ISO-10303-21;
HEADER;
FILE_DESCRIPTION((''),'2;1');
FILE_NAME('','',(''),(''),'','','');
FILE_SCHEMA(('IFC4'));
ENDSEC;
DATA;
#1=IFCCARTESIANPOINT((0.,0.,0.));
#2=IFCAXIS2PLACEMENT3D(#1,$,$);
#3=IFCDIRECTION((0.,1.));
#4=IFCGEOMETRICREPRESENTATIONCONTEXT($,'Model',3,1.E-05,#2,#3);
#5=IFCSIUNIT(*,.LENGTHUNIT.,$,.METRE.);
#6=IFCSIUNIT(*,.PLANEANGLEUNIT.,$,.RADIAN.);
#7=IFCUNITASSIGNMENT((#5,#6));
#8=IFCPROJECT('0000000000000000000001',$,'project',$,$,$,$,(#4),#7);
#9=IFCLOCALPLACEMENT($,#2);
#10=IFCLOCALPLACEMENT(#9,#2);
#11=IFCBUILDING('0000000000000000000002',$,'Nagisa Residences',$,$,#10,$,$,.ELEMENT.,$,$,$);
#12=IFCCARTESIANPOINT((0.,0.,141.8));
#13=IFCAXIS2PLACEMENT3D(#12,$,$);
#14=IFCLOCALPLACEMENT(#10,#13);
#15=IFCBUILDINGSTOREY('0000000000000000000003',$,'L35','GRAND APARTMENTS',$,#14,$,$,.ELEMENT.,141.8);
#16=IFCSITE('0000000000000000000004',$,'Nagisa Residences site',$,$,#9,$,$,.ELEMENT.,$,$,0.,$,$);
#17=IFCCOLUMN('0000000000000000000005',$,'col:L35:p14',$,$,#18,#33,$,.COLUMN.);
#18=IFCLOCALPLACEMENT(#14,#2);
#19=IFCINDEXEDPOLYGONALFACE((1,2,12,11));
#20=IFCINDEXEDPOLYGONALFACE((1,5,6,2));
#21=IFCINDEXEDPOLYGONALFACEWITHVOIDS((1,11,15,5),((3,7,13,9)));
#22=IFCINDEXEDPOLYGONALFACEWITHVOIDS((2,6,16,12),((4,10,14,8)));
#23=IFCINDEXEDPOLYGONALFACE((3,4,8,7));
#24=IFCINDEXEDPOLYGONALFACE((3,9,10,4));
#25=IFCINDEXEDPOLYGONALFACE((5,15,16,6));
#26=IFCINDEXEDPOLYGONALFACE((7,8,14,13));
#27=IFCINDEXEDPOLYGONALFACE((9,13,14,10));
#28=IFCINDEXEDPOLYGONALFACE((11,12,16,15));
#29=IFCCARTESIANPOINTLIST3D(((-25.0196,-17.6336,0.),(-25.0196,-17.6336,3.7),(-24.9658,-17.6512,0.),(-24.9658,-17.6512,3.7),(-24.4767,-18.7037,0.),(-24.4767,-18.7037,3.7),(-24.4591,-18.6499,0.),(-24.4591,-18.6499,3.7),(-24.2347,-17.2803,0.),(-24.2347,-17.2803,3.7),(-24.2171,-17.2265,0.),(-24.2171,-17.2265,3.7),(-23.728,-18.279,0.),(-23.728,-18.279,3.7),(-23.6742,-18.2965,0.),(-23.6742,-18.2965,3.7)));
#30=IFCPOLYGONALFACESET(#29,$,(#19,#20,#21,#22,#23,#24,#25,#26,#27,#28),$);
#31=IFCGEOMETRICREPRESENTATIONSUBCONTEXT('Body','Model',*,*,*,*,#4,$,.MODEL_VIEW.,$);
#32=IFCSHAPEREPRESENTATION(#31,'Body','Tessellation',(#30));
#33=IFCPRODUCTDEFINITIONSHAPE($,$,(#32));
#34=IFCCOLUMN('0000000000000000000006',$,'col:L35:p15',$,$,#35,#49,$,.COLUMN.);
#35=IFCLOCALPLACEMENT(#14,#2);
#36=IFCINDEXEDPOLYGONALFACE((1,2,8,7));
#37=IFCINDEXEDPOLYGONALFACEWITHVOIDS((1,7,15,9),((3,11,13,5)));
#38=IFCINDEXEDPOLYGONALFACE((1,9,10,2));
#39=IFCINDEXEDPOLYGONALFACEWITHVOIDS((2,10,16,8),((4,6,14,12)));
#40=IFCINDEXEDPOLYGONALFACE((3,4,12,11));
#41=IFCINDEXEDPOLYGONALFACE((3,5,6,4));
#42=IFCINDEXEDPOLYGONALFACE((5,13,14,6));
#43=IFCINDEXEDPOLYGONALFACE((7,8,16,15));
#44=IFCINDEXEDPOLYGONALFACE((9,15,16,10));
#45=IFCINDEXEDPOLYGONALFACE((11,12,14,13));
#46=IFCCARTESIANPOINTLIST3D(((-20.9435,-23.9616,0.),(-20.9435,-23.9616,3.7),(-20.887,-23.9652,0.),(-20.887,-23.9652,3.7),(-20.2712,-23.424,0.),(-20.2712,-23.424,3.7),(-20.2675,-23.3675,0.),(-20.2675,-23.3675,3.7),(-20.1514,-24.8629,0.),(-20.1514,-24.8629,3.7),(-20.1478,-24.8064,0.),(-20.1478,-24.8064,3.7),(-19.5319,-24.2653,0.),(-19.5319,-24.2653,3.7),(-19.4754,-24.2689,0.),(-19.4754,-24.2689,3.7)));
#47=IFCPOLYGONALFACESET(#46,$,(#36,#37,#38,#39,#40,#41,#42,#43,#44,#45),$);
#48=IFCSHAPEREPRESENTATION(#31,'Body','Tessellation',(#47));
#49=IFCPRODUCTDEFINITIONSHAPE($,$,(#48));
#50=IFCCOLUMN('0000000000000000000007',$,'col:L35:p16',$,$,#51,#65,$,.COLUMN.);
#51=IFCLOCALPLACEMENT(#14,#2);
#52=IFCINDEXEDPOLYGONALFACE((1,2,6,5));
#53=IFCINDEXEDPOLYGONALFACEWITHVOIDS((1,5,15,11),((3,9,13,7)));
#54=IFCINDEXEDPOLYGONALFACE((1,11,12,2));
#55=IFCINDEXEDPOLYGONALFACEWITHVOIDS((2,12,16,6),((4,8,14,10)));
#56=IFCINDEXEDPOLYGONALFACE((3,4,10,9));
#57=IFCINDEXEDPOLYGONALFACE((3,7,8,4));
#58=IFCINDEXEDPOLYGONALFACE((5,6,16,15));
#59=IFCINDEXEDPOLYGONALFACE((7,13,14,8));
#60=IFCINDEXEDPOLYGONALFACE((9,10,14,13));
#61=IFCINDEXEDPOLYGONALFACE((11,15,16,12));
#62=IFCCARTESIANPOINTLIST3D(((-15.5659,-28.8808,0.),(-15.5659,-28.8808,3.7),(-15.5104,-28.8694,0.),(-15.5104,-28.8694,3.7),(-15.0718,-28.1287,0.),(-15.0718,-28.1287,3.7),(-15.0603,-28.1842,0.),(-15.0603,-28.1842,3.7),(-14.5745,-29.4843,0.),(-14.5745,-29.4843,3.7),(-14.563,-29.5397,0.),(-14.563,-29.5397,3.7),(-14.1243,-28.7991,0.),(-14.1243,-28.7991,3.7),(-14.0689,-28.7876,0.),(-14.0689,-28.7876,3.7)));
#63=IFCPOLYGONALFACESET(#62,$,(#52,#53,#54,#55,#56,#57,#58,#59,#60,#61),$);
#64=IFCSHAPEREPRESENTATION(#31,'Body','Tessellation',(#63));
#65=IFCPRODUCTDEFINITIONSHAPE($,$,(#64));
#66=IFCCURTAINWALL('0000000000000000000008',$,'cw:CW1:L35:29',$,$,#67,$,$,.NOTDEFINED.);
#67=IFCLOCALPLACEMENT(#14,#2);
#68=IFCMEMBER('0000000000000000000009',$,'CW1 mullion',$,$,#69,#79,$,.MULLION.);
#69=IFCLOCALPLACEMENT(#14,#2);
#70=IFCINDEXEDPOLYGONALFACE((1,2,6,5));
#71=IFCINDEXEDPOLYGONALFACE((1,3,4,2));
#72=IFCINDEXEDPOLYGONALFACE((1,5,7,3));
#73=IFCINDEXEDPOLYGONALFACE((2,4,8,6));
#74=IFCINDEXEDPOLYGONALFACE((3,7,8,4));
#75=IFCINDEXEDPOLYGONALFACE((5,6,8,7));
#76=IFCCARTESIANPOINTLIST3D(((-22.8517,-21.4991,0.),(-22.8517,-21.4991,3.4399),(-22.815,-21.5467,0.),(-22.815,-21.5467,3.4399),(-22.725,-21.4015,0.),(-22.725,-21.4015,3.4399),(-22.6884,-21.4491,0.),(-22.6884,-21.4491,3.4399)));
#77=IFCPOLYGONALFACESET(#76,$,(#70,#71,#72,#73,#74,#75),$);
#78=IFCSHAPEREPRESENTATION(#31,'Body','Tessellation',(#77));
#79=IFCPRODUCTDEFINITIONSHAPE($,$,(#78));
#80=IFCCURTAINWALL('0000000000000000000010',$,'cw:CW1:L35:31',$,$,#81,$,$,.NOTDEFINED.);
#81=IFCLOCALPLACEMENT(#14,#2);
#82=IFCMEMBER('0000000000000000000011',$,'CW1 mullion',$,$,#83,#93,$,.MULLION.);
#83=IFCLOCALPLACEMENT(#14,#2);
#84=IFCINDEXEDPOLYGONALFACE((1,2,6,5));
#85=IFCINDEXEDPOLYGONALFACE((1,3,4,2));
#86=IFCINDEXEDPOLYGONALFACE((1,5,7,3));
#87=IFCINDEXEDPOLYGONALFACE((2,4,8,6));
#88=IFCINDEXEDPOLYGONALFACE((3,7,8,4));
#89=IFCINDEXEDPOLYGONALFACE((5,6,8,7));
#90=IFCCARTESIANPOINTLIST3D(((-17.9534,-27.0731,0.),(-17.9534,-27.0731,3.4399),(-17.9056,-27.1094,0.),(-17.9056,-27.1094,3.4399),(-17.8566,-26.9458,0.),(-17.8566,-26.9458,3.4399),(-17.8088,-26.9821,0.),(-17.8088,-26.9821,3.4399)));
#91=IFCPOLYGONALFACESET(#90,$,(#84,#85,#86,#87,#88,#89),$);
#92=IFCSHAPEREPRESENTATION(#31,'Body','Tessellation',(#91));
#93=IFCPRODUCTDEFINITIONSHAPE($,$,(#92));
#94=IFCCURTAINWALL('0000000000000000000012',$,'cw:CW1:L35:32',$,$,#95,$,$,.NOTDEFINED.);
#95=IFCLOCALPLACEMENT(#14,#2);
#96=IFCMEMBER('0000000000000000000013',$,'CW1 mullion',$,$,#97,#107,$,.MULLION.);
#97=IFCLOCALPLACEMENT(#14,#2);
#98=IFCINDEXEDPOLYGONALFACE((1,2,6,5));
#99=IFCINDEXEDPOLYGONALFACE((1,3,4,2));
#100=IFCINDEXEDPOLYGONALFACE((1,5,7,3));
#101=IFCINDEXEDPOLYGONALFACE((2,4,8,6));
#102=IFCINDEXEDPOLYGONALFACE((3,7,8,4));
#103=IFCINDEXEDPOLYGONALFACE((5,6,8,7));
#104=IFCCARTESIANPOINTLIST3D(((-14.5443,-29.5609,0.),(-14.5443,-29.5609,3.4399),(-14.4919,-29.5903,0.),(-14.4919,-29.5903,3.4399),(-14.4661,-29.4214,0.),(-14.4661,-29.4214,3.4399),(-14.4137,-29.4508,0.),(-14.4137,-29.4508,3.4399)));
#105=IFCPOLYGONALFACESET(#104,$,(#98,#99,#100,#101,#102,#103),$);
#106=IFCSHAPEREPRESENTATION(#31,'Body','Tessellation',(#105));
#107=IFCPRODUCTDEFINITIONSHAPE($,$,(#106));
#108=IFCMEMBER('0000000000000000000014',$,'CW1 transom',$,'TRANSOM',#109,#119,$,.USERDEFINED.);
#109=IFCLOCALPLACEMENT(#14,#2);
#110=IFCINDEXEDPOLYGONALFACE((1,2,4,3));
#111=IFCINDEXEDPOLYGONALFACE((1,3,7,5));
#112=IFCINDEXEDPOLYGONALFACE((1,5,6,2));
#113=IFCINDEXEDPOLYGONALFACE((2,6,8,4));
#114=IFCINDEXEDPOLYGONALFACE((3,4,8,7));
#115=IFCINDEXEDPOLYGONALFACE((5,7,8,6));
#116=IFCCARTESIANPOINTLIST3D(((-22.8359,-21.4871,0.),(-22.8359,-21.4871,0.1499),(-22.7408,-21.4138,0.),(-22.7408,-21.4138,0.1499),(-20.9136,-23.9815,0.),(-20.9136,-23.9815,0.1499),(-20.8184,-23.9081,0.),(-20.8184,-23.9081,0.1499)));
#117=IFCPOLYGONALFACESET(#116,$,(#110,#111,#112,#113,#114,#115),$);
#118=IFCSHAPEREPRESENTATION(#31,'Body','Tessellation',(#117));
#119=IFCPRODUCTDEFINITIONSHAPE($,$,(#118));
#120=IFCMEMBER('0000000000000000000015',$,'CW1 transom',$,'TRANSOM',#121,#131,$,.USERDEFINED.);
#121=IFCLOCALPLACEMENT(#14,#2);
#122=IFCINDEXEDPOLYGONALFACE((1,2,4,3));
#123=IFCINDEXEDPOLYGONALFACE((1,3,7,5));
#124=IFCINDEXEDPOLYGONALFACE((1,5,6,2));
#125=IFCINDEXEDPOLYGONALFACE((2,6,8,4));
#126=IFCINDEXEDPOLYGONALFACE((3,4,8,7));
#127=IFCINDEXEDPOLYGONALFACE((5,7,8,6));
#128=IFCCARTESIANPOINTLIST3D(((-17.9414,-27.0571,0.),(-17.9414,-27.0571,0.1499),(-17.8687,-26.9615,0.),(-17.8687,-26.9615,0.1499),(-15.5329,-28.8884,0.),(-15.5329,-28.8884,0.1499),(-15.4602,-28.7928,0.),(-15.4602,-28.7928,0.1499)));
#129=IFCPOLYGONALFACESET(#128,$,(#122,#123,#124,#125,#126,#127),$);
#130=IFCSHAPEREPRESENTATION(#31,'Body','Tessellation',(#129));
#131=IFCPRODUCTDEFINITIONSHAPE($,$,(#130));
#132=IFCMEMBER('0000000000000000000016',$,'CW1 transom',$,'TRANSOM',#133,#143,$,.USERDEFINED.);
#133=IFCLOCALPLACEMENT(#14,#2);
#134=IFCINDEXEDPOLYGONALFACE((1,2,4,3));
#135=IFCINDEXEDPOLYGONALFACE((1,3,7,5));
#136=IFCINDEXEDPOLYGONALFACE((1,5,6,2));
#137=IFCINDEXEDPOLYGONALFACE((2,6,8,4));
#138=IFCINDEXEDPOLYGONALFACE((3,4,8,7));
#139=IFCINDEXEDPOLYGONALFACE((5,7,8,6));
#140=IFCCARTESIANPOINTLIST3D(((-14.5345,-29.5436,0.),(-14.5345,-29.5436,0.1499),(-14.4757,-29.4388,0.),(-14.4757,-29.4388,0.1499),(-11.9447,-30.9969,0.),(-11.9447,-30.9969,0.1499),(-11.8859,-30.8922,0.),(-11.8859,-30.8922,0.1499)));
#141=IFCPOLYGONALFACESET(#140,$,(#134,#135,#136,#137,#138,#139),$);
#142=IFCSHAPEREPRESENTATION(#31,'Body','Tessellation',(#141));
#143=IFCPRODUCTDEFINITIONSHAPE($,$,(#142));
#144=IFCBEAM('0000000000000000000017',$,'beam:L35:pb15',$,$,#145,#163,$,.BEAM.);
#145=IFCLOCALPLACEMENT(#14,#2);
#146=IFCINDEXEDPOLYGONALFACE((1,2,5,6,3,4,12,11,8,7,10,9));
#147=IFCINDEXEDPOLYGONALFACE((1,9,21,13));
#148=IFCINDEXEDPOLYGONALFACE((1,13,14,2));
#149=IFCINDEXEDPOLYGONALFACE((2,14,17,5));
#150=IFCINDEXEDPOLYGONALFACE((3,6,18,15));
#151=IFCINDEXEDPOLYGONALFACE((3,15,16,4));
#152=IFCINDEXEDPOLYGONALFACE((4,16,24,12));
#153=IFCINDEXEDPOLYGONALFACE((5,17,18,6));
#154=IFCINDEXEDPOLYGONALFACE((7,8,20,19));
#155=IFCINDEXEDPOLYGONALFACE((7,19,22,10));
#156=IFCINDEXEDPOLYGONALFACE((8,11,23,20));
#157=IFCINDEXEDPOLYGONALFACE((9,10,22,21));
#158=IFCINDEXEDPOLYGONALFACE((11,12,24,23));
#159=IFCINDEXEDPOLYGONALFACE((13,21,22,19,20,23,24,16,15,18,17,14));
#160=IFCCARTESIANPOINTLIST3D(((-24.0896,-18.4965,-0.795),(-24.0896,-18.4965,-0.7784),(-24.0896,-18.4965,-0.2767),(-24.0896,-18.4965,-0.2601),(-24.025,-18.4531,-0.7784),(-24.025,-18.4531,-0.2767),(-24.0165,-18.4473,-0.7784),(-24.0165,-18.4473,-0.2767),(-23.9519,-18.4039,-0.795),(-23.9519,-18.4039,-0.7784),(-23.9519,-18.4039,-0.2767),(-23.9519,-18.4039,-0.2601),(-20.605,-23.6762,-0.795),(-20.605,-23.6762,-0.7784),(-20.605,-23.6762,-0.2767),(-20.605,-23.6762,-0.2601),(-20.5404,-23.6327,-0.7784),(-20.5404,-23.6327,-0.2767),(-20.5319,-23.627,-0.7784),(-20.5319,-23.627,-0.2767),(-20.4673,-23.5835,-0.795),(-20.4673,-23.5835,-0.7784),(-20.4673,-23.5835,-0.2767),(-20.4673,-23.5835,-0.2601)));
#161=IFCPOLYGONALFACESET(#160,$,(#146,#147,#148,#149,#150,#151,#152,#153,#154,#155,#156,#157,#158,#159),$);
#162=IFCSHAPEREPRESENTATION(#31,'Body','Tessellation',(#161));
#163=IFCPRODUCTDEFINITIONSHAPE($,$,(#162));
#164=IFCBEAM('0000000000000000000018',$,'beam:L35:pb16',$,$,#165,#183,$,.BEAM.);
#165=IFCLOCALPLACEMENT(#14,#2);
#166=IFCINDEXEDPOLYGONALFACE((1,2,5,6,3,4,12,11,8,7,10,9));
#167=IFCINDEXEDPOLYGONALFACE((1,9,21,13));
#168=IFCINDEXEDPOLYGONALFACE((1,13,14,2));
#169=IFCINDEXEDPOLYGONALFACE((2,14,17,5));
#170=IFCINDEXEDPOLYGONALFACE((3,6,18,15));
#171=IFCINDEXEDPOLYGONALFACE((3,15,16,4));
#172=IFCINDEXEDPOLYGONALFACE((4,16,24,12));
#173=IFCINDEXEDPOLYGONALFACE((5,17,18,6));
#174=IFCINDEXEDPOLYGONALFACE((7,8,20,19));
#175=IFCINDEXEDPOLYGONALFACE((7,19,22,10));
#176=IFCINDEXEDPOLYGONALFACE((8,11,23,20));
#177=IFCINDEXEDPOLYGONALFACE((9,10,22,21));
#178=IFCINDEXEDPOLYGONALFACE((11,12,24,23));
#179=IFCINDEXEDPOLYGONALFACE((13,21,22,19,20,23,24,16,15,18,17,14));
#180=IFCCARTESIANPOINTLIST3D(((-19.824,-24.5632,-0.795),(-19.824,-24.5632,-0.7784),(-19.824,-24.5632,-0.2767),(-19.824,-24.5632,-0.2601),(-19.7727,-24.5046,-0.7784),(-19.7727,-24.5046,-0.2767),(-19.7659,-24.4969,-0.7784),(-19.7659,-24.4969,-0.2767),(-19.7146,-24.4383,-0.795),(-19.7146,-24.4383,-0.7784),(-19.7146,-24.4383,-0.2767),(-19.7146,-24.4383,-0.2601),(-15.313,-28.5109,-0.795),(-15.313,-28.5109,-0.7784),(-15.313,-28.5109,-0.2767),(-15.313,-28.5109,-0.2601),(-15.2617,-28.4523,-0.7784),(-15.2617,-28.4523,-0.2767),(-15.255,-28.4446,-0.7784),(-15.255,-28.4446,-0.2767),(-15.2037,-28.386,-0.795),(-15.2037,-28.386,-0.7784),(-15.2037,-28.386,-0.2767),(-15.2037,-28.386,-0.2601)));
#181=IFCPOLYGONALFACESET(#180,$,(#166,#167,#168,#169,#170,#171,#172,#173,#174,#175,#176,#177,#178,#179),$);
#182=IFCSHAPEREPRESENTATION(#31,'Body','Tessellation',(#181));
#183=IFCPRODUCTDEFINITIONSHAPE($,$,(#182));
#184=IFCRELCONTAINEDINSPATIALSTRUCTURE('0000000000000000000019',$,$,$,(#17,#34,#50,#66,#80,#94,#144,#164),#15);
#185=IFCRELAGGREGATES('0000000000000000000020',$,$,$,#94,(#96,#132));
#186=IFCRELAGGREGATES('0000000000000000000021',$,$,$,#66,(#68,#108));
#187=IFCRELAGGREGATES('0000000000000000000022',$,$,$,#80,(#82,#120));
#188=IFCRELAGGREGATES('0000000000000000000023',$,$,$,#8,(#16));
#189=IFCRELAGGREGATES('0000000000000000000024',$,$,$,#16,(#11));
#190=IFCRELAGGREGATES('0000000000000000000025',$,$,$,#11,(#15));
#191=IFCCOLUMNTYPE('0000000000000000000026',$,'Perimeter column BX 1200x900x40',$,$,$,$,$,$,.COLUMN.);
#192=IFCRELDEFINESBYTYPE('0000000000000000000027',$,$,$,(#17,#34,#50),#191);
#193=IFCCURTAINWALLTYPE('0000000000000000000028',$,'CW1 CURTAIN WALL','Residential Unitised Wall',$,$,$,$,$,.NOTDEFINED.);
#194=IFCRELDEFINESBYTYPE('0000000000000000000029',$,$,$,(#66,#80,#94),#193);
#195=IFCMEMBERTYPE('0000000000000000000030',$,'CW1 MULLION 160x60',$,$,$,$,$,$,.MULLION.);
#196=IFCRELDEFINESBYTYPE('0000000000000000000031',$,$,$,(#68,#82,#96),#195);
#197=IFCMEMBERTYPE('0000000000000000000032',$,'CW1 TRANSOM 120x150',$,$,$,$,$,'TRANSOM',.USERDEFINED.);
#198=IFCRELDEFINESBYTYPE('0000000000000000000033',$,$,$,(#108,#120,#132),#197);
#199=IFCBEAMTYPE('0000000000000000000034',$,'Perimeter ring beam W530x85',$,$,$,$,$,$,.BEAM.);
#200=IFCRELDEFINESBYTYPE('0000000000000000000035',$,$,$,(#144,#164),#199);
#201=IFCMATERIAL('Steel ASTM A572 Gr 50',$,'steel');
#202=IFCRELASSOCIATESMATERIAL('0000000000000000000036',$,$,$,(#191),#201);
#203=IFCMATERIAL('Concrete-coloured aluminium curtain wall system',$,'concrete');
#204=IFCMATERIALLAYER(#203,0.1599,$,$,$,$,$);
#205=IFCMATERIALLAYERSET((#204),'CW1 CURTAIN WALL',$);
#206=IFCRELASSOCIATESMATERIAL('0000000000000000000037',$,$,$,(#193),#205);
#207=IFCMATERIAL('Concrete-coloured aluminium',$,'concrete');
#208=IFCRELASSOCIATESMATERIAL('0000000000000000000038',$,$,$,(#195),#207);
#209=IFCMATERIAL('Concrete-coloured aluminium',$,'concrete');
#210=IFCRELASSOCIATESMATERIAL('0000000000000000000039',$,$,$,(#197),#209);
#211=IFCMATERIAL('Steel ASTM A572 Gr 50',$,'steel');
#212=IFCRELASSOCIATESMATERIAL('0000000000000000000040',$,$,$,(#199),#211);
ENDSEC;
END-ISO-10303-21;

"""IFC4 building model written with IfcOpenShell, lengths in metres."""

from ifc_helpers import new_model, si_unit, direction, frame, origin, origin_2d, place, context, subcontext, project, spatial, rectangle, hollow_rectangle, i_section, extrude, material, layer, layer_set, material_profile, profile_set, type_object, element, aggregate, save


model = new_model("IFC4")

# Units and contexts
model_context = context("Model", 3, precision=1e-05, world=origin(), true_north=direction((0.0, 1.0)))
body_context = subcontext(model_context, "Body", "Model", "MODEL_VIEW")
ifc_project = project(units=[si_unit("LENGTHUNIT", "METRE"), si_unit("PLANEANGLEUNIT", "RADIAN")], contexts=[model_context])

# Site, building, storey
site_placement = place(None, origin())
site = spatial("IfcSite", under=ifc_project, at=site_placement, Name="Nagisa Residences site", CompositionType="ELEMENT", RefElevation=0.0)
building_placement = place(site_placement, origin())
building = spatial("IfcBuilding", under=site, at=building_placement, Name="Nagisa Residences", CompositionType="ELEMENT")
storey_placement = place(building_placement, frame((0.0, 0.0, 141.8)))
storey = spatial("IfcBuildingStorey", under=building, at=storey_placement, Name="L35", Description="GRAND APARTMENTS", CompositionType="ELEMENT", Elevation=141.8)

# Columns
ifc_material_1 = material(Name="Steel ASTM A572 Gr 50", Category="steel")
ifc_material_profile_1 = material_profile(ifc_material_1, hollow_rectangle(XDim=1.2, YDim=0.8999, WallThickness=0.04, at=origin_2d()), Name="BX 1200x900x40")
ifc_profile_set_1 = profile_set([ifc_material_profile_1], Name="Steel ASTM A572 Gr 50")
column_type = type_object("IfcColumnType", Name="Perimeter column BX 1200x900x40", PredefinedType="COLUMN", material=ifc_profile_set_1)
for number, where, z_axis, x_axis, name in (
    (1, (-24.3469, -17.9651, 0.0), (0.0, 0.0, 1.0), (0.452463, -0.891783, 0.0), "col:L35:p14"),
    (2, (-20.2095, -24.1152, 0.0), (0.0, 0.0, 1.0), (0.660115, -0.751165, 0.0), "col:L35:p15"),
    (3, (-14.8174, -28.8342, 0.0), (0.0, 0.0, 1.0), (0.835766, -0.549086, 0.0), "col:L35:p16"),
):
    element("IfcColumn", number, at=place(storey_placement, frame(where, z_axis=z_axis, x_axis=x_axis)), inside=storey, type_object=column_type, Name=name, PredefinedType="COLUMN", context=body_context, shape_type="SweptSolid", body=[
        extrude(hollow_rectangle(XDim=1.2, YDim=0.8999, WallThickness=0.04, at=origin_2d()), origin(), (0.0, 0.0, 1.0), 3.7),
    ])

# Curtain walls, members
ifc_material_2 = material(Name="Concrete-coloured aluminium curtain wall system", Category="concrete")
ifc_layer_1 = layer(ifc_material_2, 0.1599)
ifc_layer_set_1 = layer_set([ifc_layer_1], Name="CW1 CURTAIN WALL")
curtain_wall_type = type_object("IfcCurtainWallType", Name="CW1 CURTAIN WALL", Description="Residential Unitised Wall", PredefinedType="NOTDEFINED", material=ifc_layer_set_1)
curtain_wall_1_placement = place(storey_placement, origin())
curtain_wall_1 = element("IfcCurtainWall", 4, at=curtain_wall_1_placement, inside=storey, type_object=curtain_wall_type, Name="cw:CW1:L35:29", PredefinedType="NOTDEFINED")
ifc_material_3 = material(Name="Concrete-coloured aluminium", Category="concrete")
ifc_material_profile_2 = material_profile(ifc_material_3, rectangle(XDim=0.1599, YDim=0.0601, at=origin_2d()), Name="CW1 MULLION 160x60")
ifc_profile_set_2 = profile_set([ifc_material_profile_2], Name="Concrete-coloured aluminium")
member_type_1 = type_object("IfcMemberType", Name="CW1 MULLION 160x60", PredefinedType="MULLION", material=ifc_profile_set_2)
member_1_placement = place(storey_placement, frame((-22.77, -21.4741, 0.0), z_axis=(0.0, 0.0, 1.0), x_axis=(0.79207, 0.61043, 0.0)))
member_1 = element("IfcMember", 5, at=member_1_placement, type_object=member_type_1, Name="CW1 mullion", PredefinedType="MULLION", context=body_context, shape_type="SweptSolid", body=[
    extrude(rectangle(XDim=0.1599, YDim=0.0601, at=origin_2d()), origin(), (0.0, 0.0, 1.0), 3.4399),
])
curtain_wall_2_placement = place(storey_placement, origin())
curtain_wall_2 = element("IfcCurtainWall", 6, at=curtain_wall_2_placement, inside=storey, type_object=curtain_wall_type, Name="cw:CW1:L35:31", PredefinedType="NOTDEFINED")
member_2_placement = place(storey_placement, frame((-17.8811, -27.0276, 0.0), z_axis=(0.0, 0.0, 1.0), x_axis=(0.605255, 0.796031, 0.0)))
member_2 = element("IfcMember", 7, at=member_2_placement, type_object=member_type_1, Name="CW1 mullion", PredefinedType="MULLION", context=body_context, shape_type="SweptSolid", body=[
    extrude(rectangle(XDim=0.1599, YDim=0.0601, at=origin_2d()), origin(), (0.0, 0.0, 1.0), 3.4399),
])
curtain_wall_3_placement = place(storey_placement, origin())
curtain_wall_3 = element("IfcCurtainWall", 8, at=curtain_wall_3_placement, inside=storey, type_object=curtain_wall_type, Name="cw:CW1:L35:32", PredefinedType="NOTDEFINED")
member_3_placement = place(storey_placement, frame((-14.479, -29.5059, 0.0), z_axis=(0.0, 0.0, 1.0), x_axis=(0.489377, 0.872072, 0.0)))
member_3 = element("IfcMember", 9, at=member_3_placement, type_object=member_type_1, Name="CW1 mullion", PredefinedType="MULLION", context=body_context, shape_type="SweptSolid", body=[
    extrude(rectangle(XDim=0.1599, YDim=0.0601, at=origin_2d()), origin(), (0.0, 0.0, 1.0), 3.4399),
])

# Members
ifc_material_4 = material(Name="Concrete-coloured aluminium", Category="concrete")
ifc_material_profile_3 = material_profile(ifc_material_4, rectangle(XDim=0.1201, YDim=0.1499, at=origin_2d()), Name="CW1 TRANSOM 120x150")
ifc_profile_set_3 = profile_set([ifc_material_profile_3], Name="Concrete-coloured aluminium")
member_type_2 = type_object("IfcMemberType", Name="CW1 TRANSOM 120x150", ElementType="TRANSOM", PredefinedType="USERDEFINED", material=ifc_profile_set_3)
member_4_placement = place(storey_placement, frame((-22.7883, -21.4504, 0.075), z_axis=(0.61043, -0.79207, 0.0), x_axis=(0.79207, 0.61043, 0.0)))
member_4 = element("IfcMember", 10, at=member_4_placement, type_object=member_type_2, Name="CW1 transom", ObjectType="TRANSOM", PredefinedType="USERDEFINED", context=body_context, shape_type="SweptSolid", body=[
    extrude(rectangle(XDim=0.1201, YDim=0.1499, at=origin_2d()), origin(), (0.0, 0.0, 1.0), 3.1492),
])
member_5_placement = place(storey_placement, frame((-17.905, -27.0093, 0.075), z_axis=(0.796022, -0.605267, 0.0), x_axis=(0.605267, 0.796022, 0.0)))
member_5 = element("IfcMember", 11, at=member_5_placement, type_object=member_type_2, Name="CW1 transom", ObjectType="TRANSOM", PredefinedType="USERDEFINED", context=body_context, shape_type="SweptSolid", body=[
    extrude(rectangle(XDim=0.1201, YDim=0.1499, at=origin_2d()), origin(), (0.0, 0.0, 1.0), 3.0256),
])
member_6_placement = place(storey_placement, frame((-14.5051, -29.4912, 0.075), z_axis=(0.872067, -0.489387, 0.0), x_axis=(0.489387, 0.872067, 0.0)))
member_6 = element("IfcMember", 12, at=member_6_placement, type_object=member_type_2, Name="CW1 transom", ObjectType="TRANSOM", PredefinedType="USERDEFINED", context=body_context, shape_type="SweptSolid", body=[
    extrude(rectangle(XDim=0.1201, YDim=0.1499, at=origin_2d()), origin(), (0.0, 0.0, 1.0), 2.9697),
])
aggregate(curtain_wall_3, [member_3, member_6])

# Beams
ifc_material_5 = material(Name="Steel ASTM A572 Gr 50", Category="steel")
ifc_material_profile_4 = material_profile(ifc_material_5, i_section(OverallWidth=0.166, OverallDepth=0.5349, WebThickness=0.0103, FlangeThickness=0.0166, at=origin_2d()), Name="W530x85")
ifc_profile_set_4 = profile_set([ifc_material_profile_4], Name="Steel ASTM A572 Gr 50")
beam_type_1 = type_object("IfcBeamType", Name="Perimeter ring beam W530x85", PredefinedType="BEAM", material=ifc_profile_set_4)
beam_1_placement = place(storey_placement, frame((-24.0208, -18.4502, -0.5276), z_axis=(0.558188, -0.829715, 0.0), x_axis=(0.829715, 0.558188, 0.0)))
element("IfcBeam", 13, at=beam_1_placement, inside=storey, type_object=beam_type_1, Name="beam:L35:pb15", PredefinedType="BEAM", context=body_context, shape_type="SweptSolid", body=[
    extrude(i_section(OverallWidth=0.166, OverallDepth=0.5349, WebThickness=0.0103, FlangeThickness=0.0166, at=origin_2d()), origin(), (0.0, 0.0, 1.0), 6.2427),
])
beam_2_placement = place(storey_placement, frame((-19.7693, -24.5007, -0.5276), z_axis=(0.752524, -0.658565, 0.0), x_axis=(0.658565, 0.752524, 0.0)))
element("IfcBeam", 14, at=beam_2_placement, inside=storey, type_object=beam_type_1, Name="beam:L35:pb16", PredefinedType="BEAM", context=body_context, shape_type="SweptSolid", body=[
    extrude(i_section(OverallWidth=0.166, OverallDepth=0.5349, WebThickness=0.0103, FlangeThickness=0.0166, at=origin_2d()), origin(), (0.0, 0.0, 1.0), 5.9944),
])

aggregate(curtain_wall_1, [member_1, member_4])
aggregate(curtain_wall_2, [member_2, member_5])

save(model, "model.ifc")
